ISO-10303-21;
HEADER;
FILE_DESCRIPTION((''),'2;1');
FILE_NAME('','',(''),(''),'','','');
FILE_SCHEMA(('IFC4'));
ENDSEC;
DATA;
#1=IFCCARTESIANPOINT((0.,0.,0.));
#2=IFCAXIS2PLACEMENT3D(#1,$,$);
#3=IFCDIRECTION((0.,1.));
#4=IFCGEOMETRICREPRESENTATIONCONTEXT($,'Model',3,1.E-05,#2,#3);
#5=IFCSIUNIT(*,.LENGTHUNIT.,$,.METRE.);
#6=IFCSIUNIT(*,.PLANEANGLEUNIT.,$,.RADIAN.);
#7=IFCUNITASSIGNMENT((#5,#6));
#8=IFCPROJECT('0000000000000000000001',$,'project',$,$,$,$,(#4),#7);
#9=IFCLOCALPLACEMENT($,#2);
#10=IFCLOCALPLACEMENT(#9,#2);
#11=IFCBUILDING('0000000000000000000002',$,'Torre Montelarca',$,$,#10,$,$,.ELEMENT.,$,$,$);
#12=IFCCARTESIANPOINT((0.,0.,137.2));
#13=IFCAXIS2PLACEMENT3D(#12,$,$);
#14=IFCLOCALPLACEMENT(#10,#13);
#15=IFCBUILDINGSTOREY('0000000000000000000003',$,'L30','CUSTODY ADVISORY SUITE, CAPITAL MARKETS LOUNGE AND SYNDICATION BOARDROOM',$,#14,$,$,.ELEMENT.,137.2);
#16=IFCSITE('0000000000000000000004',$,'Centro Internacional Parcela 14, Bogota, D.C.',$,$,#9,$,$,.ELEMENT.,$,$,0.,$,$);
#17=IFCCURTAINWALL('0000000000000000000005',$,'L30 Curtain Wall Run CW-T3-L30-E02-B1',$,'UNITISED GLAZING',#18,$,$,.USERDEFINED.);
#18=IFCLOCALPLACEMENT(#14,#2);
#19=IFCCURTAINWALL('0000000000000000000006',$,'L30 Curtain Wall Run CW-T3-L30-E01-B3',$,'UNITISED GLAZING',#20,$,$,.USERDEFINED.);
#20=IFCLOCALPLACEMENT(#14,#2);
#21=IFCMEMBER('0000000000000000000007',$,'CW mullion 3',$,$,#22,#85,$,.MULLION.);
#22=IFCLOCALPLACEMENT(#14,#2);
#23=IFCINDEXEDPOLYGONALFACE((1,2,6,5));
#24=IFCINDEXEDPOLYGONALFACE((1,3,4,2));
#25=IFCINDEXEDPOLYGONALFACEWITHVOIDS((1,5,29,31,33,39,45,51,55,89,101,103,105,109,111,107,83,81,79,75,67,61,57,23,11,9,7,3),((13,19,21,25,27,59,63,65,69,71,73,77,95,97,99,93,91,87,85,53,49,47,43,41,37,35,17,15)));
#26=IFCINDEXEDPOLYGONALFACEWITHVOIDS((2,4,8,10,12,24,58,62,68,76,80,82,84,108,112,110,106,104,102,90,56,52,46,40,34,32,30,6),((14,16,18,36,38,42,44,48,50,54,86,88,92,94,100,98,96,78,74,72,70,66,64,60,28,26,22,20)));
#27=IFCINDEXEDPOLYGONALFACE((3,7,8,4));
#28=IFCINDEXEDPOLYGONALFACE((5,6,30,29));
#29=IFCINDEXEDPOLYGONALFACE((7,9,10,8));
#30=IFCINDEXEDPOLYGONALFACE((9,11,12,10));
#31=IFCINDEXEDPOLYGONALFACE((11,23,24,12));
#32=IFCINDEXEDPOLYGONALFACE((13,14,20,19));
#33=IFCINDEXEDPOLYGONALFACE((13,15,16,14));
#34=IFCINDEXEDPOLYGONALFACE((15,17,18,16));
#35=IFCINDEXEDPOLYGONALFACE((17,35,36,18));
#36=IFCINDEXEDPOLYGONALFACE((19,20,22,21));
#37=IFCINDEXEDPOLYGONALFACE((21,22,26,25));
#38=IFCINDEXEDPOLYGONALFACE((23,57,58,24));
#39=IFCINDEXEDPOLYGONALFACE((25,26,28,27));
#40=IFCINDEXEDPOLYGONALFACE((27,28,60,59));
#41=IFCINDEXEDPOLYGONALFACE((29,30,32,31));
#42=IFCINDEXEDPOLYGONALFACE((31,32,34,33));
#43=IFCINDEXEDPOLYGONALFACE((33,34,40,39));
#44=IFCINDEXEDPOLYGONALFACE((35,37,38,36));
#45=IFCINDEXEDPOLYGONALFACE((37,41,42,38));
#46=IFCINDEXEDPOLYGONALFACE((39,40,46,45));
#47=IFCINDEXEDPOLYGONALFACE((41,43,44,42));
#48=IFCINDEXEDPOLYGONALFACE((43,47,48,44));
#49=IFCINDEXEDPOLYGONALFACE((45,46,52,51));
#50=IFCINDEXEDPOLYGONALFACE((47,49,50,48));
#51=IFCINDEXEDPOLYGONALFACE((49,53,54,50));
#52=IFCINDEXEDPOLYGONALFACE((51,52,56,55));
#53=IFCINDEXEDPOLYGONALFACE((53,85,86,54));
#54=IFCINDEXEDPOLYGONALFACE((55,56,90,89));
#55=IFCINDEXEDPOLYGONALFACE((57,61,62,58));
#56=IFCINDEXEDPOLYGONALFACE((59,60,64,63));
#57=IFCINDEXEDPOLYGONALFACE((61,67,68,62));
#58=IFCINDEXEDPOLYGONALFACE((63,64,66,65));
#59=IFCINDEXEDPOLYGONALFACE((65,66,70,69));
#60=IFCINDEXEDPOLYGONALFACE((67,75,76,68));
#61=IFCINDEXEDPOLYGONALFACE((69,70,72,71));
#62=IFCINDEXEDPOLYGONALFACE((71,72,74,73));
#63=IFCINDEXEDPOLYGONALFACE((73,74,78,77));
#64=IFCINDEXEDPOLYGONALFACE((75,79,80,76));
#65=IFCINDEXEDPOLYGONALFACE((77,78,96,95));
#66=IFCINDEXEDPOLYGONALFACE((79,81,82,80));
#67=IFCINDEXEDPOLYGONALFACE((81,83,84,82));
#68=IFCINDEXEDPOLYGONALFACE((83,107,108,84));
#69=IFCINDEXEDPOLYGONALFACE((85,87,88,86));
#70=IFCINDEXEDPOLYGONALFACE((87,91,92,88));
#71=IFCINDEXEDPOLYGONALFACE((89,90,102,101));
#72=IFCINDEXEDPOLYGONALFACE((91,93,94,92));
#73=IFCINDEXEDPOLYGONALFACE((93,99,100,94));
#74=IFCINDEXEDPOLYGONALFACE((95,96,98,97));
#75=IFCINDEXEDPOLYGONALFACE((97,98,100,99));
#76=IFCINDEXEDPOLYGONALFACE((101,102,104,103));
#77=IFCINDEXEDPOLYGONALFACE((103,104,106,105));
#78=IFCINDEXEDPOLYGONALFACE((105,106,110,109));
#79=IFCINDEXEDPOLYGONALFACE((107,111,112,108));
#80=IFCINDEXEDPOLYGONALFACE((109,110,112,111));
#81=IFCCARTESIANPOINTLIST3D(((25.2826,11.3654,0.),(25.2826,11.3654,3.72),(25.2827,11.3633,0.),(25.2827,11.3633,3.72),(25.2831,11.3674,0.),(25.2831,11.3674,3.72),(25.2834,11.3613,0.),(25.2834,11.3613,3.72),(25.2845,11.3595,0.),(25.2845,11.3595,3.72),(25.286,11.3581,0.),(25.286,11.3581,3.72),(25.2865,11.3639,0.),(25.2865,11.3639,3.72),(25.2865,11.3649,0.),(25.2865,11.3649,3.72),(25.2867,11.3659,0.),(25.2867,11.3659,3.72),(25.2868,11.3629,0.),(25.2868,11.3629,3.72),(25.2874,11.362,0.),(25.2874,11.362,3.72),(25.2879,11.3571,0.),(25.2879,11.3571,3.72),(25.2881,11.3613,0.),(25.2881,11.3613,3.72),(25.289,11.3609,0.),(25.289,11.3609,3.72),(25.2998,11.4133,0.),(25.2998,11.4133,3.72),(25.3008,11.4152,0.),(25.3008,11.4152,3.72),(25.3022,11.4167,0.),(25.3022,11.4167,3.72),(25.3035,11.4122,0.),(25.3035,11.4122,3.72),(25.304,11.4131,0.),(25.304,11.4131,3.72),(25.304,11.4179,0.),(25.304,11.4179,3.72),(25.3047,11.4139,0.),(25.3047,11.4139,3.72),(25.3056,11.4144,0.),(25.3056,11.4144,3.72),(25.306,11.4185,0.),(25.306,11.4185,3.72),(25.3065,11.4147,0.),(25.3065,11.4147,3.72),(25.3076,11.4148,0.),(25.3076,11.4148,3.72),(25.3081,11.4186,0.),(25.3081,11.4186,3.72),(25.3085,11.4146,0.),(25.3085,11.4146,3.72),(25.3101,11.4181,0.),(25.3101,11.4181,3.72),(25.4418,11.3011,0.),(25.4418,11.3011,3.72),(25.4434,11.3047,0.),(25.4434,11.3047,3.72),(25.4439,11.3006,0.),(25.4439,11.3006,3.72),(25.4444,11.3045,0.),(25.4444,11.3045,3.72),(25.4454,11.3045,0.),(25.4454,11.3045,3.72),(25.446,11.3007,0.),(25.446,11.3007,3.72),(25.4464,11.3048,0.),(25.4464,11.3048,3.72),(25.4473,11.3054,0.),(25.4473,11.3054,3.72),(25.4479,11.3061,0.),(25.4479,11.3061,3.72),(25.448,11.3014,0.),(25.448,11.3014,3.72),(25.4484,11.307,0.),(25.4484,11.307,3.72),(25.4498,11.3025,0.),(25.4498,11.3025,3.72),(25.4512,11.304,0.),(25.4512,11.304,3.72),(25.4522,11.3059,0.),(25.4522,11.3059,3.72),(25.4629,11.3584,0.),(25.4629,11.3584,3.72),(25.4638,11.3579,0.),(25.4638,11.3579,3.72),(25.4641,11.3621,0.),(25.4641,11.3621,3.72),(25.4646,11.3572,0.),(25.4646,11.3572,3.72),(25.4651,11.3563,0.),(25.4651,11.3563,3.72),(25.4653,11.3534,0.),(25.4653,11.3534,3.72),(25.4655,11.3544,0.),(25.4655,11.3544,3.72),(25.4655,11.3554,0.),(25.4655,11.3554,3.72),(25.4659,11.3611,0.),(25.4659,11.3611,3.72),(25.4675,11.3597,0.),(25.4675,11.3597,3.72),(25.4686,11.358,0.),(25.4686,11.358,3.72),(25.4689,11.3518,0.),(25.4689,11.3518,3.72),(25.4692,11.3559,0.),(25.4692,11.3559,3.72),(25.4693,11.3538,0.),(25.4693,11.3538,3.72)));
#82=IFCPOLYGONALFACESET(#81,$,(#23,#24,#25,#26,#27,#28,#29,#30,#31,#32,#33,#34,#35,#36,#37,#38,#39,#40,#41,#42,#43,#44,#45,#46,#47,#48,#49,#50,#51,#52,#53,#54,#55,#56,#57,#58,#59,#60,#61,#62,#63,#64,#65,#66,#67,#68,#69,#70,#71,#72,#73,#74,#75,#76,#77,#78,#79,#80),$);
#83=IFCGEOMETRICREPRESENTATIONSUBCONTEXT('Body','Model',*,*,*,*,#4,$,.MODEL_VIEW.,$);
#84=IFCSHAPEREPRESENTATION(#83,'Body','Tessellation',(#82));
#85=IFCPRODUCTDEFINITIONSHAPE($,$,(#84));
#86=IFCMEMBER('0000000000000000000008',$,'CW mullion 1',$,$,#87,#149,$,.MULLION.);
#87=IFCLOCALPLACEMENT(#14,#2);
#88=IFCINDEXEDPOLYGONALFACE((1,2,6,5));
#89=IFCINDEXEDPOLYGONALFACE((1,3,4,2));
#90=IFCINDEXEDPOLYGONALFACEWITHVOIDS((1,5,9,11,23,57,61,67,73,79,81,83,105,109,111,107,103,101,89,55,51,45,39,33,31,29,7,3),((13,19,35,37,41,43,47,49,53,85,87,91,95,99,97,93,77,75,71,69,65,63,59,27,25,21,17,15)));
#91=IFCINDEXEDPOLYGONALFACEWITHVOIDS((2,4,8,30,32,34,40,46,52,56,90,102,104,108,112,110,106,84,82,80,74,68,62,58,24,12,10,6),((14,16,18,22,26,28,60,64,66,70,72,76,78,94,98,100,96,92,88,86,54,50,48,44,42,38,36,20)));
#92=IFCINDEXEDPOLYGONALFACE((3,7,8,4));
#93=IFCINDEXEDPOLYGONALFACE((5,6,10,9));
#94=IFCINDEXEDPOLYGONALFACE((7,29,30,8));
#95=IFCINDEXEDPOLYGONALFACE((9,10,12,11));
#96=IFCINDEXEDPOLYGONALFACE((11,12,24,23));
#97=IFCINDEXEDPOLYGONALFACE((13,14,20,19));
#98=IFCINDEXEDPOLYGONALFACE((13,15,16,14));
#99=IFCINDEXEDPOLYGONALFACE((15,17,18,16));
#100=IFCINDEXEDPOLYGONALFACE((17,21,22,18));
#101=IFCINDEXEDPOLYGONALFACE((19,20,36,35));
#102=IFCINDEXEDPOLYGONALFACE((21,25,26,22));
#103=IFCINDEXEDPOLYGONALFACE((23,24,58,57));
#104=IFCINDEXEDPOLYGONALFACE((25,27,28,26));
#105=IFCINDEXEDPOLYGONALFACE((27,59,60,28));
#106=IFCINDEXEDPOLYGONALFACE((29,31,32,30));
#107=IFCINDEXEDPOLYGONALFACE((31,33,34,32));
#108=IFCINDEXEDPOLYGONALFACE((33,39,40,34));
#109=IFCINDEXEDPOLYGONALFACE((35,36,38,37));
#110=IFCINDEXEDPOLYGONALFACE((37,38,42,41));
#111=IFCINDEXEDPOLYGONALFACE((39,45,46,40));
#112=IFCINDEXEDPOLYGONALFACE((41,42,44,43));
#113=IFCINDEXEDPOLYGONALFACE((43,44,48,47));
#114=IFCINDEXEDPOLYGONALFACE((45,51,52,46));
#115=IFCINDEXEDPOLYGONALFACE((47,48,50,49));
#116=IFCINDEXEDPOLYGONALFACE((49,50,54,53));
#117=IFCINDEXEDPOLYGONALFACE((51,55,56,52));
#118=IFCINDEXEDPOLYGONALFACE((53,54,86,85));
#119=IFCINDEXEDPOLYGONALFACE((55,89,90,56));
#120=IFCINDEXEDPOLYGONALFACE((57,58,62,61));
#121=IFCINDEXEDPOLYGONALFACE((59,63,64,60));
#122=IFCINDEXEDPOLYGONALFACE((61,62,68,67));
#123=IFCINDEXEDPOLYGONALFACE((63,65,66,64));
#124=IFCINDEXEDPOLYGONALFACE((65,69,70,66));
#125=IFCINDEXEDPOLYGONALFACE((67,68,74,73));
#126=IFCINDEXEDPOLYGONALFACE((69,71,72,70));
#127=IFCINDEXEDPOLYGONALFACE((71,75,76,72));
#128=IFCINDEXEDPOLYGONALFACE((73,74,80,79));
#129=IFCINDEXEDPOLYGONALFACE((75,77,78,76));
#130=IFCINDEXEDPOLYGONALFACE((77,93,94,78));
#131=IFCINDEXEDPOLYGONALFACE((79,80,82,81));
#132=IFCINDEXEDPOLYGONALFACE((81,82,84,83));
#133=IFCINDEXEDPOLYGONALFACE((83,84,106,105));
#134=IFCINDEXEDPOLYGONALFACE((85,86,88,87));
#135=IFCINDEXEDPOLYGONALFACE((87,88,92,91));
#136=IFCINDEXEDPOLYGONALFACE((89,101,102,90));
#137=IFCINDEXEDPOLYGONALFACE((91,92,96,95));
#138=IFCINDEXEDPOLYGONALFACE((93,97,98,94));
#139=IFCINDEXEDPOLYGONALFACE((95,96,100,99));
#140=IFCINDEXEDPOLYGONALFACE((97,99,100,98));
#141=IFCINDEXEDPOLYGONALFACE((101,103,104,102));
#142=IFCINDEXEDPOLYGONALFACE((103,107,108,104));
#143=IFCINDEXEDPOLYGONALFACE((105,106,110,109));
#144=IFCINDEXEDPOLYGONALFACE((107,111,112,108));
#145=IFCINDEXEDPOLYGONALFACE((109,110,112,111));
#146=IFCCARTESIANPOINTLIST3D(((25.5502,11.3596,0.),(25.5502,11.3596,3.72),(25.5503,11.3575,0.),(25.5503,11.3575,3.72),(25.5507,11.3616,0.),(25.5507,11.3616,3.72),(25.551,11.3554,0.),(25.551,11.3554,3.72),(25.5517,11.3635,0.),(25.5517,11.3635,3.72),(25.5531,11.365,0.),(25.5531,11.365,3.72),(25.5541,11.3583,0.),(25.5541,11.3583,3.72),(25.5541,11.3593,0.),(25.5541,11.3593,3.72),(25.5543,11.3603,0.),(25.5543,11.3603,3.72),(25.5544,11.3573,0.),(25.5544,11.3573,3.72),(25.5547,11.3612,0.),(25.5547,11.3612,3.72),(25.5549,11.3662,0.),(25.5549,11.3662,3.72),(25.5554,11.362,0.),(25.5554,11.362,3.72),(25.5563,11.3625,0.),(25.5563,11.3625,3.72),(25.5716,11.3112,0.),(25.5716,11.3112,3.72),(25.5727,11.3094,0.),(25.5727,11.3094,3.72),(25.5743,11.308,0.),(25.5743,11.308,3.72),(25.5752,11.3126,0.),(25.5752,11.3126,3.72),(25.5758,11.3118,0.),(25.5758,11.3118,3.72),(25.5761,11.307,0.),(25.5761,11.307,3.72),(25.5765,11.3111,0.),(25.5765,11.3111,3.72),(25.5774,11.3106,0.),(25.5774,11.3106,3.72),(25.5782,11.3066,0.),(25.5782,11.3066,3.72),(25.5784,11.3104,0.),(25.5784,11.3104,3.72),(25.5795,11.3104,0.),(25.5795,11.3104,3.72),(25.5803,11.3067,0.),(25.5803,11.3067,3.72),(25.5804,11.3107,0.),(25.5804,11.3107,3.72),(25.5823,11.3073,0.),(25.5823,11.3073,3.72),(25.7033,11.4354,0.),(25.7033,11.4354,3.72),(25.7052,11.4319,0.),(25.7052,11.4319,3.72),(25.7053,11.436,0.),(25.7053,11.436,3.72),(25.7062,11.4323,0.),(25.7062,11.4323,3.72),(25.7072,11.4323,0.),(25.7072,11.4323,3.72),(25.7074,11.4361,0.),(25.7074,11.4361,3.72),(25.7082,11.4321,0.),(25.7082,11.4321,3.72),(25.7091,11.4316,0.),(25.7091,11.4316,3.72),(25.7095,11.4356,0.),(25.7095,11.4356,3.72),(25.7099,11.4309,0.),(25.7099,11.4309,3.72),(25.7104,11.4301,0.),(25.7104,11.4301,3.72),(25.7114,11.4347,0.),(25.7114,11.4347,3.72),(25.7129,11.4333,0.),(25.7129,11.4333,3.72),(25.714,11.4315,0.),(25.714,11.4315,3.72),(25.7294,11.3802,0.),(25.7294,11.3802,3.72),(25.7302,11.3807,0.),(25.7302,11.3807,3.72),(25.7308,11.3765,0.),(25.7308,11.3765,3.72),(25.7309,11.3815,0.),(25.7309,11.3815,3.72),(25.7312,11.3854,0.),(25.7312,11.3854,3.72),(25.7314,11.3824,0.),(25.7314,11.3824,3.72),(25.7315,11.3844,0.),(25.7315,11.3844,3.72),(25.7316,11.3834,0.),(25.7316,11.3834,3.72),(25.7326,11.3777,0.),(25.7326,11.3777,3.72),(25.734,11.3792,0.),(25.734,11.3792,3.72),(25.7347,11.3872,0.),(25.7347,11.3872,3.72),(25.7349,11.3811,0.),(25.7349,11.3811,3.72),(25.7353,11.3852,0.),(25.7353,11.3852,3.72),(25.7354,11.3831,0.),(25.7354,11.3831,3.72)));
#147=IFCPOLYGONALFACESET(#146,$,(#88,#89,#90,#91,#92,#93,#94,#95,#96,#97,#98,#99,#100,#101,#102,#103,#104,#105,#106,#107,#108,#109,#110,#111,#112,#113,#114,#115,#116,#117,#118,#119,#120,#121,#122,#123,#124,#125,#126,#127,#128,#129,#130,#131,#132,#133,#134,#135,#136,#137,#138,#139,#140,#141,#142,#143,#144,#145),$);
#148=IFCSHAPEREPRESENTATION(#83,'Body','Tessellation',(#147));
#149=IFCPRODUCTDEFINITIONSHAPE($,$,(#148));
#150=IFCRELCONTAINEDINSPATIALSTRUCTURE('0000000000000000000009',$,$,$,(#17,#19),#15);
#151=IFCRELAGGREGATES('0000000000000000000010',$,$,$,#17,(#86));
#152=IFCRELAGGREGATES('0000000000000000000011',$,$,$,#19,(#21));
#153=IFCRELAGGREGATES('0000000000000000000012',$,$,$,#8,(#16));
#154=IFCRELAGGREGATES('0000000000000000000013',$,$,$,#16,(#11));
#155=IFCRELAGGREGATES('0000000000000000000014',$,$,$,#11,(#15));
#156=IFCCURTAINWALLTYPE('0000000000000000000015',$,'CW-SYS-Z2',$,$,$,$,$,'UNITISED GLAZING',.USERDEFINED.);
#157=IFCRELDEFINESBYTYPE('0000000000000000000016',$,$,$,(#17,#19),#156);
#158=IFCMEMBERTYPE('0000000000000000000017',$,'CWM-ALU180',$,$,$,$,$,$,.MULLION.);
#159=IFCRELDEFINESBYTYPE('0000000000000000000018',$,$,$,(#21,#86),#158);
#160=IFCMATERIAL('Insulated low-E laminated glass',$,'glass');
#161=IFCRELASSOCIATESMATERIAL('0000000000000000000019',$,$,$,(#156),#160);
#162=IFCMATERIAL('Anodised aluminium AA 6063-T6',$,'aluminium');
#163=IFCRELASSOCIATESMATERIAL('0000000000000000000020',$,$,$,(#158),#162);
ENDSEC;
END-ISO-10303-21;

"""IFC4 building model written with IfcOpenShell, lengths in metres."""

from ifc_helpers import new_model, si_unit, direction, frame, origin, origin_2d, place, context, subcontext, project, spatial, hollow_rectangle, extrude, source, transform, mapped, material, material_profile, profile_set, type_object, element, aggregate, save


model = new_model("IFC4")

# Units and contexts
model_context = context("Model", 3, precision=1e-05, world=origin(), true_north=direction((0.0, 1.0)))
body_context = subcontext(model_context, "Body", "Model", "MODEL_VIEW")
ifc_project = project(units=[si_unit("LENGTHUNIT", "METRE"), si_unit("PLANEANGLEUNIT", "RADIAN")], contexts=[model_context])

# Site, building, storey
site_placement = place(None, origin())
site = spatial("IfcSite", under=ifc_project, at=site_placement, Name="Centro Internacional Parcela 14, Bogota, D.C.", CompositionType="ELEMENT", RefElevation=0.0)
building_placement = place(site_placement, origin())
building = spatial("IfcBuilding", under=site, at=building_placement, Name="Torre Montelarca", CompositionType="ELEMENT")
storey_placement = place(building_placement, frame((0.0, 0.0, 137.2)))
storey = spatial("IfcBuildingStorey", under=building, at=storey_placement, Name="L30", Description="CUSTODY ADVISORY SUITE, CAPITAL MARKETS LOUNGE AND SYNDICATION BOARDROOM", CompositionType="ELEMENT", Elevation=137.2)

# Curtain wall
ifc_material_1 = material(Name="Insulated low-E laminated glass", Category="glass")
curtain_wall_type = type_object("IfcCurtainWallType", Name="CW-SYS-Z2", ElementType="UNITISED GLAZING", PredefinedType="USERDEFINED", material=ifc_material_1)
curtain_wall_1_placement = place(storey_placement, origin())
curtain_wall_1 = element("IfcCurtainWall", 1, at=curtain_wall_1_placement, inside=storey, type_object=curtain_wall_type, Name="L30 Curtain Wall Run CW-T3-L30-E02-B1", ObjectType="UNITISED GLAZING", PredefinedType="USERDEFINED")
ifc_material_2 = material(Name="Anodised aluminium AA 6063-T6", Category="aluminium")

# Curtain wall, member
curtain_wall_2_placement = place(storey_placement, origin())
curtain_wall_2 = element("IfcCurtainWall", 2, at=curtain_wall_2_placement, inside=storey, type_object=curtain_wall_type, Name="L30 Curtain Wall Run CW-T3-L30-E01-B3", ObjectType="UNITISED GLAZING", PredefinedType="USERDEFINED")
ifc_material_profile_1 = material_profile(ifc_material_2, hollow_rectangle(XDim=0.0649, YDim=0.1799, WallThickness=0.0039, InnerFilletRadius=0.0039, OuterFilletRadius=0.0081, at=origin_2d()), Name="ALU65X180X4", Category="aluminium")
ifc_profile_set_1 = profile_set([ifc_material_profile_1], Name="Anodised aluminium AA 6063-T6")
member_type_1 = type_object("IfcMemberType", Name="CWM-ALU180", PredefinedType="MULLION", material=ifc_profile_set_1)
shared_shape_1 = source(origin(), body_context, "Body", "SweptSolid", [
    extrude(hollow_rectangle(XDim=0.0649, YDim=0.1799, WallThickness=0.0039, InnerFilletRadius=0.0039, OuterFilletRadius=0.0081, at=origin_2d()), origin(), (0.0, 0.0, 1.0), 3.72),
])
member_1_placement = place(storey_placement, frame((25.376, 11.3596, 0.0), z_axis=(0.0, 0.0, 1.0), x_axis=(0.342021, 0.939692, 0.0)))
member_1 = element("IfcMember", 3, at=member_1_placement, type_object=member_type_1, Name="CW mullion 3", PredefinedType="MULLION", context=body_context, shape_type="MappedRepresentation", body=[
    mapped(shared_shape_1, transform((0.0, 0.0, 0.0), scale=1.0)),
])

# Member
member_2_placement = place(storey_placement, frame((25.6428, 11.3713, 0.0), z_axis=(0.0, 0.0, 1.0), x_axis=(-0.422589, 0.906321, 0.0)))
member_2 = element("IfcMember", 4, at=member_2_placement, type_object=member_type_1, Name="CW mullion 1", PredefinedType="MULLION", context=body_context, shape_type="MappedRepresentation", body=[
    mapped(shared_shape_1, transform((0.0, 0.0, 0.0), scale=1.0)),
])

aggregate(curtain_wall_1, [member_2])
aggregate(curtain_wall_2, [member_1])

save(model, "model.ifc")
